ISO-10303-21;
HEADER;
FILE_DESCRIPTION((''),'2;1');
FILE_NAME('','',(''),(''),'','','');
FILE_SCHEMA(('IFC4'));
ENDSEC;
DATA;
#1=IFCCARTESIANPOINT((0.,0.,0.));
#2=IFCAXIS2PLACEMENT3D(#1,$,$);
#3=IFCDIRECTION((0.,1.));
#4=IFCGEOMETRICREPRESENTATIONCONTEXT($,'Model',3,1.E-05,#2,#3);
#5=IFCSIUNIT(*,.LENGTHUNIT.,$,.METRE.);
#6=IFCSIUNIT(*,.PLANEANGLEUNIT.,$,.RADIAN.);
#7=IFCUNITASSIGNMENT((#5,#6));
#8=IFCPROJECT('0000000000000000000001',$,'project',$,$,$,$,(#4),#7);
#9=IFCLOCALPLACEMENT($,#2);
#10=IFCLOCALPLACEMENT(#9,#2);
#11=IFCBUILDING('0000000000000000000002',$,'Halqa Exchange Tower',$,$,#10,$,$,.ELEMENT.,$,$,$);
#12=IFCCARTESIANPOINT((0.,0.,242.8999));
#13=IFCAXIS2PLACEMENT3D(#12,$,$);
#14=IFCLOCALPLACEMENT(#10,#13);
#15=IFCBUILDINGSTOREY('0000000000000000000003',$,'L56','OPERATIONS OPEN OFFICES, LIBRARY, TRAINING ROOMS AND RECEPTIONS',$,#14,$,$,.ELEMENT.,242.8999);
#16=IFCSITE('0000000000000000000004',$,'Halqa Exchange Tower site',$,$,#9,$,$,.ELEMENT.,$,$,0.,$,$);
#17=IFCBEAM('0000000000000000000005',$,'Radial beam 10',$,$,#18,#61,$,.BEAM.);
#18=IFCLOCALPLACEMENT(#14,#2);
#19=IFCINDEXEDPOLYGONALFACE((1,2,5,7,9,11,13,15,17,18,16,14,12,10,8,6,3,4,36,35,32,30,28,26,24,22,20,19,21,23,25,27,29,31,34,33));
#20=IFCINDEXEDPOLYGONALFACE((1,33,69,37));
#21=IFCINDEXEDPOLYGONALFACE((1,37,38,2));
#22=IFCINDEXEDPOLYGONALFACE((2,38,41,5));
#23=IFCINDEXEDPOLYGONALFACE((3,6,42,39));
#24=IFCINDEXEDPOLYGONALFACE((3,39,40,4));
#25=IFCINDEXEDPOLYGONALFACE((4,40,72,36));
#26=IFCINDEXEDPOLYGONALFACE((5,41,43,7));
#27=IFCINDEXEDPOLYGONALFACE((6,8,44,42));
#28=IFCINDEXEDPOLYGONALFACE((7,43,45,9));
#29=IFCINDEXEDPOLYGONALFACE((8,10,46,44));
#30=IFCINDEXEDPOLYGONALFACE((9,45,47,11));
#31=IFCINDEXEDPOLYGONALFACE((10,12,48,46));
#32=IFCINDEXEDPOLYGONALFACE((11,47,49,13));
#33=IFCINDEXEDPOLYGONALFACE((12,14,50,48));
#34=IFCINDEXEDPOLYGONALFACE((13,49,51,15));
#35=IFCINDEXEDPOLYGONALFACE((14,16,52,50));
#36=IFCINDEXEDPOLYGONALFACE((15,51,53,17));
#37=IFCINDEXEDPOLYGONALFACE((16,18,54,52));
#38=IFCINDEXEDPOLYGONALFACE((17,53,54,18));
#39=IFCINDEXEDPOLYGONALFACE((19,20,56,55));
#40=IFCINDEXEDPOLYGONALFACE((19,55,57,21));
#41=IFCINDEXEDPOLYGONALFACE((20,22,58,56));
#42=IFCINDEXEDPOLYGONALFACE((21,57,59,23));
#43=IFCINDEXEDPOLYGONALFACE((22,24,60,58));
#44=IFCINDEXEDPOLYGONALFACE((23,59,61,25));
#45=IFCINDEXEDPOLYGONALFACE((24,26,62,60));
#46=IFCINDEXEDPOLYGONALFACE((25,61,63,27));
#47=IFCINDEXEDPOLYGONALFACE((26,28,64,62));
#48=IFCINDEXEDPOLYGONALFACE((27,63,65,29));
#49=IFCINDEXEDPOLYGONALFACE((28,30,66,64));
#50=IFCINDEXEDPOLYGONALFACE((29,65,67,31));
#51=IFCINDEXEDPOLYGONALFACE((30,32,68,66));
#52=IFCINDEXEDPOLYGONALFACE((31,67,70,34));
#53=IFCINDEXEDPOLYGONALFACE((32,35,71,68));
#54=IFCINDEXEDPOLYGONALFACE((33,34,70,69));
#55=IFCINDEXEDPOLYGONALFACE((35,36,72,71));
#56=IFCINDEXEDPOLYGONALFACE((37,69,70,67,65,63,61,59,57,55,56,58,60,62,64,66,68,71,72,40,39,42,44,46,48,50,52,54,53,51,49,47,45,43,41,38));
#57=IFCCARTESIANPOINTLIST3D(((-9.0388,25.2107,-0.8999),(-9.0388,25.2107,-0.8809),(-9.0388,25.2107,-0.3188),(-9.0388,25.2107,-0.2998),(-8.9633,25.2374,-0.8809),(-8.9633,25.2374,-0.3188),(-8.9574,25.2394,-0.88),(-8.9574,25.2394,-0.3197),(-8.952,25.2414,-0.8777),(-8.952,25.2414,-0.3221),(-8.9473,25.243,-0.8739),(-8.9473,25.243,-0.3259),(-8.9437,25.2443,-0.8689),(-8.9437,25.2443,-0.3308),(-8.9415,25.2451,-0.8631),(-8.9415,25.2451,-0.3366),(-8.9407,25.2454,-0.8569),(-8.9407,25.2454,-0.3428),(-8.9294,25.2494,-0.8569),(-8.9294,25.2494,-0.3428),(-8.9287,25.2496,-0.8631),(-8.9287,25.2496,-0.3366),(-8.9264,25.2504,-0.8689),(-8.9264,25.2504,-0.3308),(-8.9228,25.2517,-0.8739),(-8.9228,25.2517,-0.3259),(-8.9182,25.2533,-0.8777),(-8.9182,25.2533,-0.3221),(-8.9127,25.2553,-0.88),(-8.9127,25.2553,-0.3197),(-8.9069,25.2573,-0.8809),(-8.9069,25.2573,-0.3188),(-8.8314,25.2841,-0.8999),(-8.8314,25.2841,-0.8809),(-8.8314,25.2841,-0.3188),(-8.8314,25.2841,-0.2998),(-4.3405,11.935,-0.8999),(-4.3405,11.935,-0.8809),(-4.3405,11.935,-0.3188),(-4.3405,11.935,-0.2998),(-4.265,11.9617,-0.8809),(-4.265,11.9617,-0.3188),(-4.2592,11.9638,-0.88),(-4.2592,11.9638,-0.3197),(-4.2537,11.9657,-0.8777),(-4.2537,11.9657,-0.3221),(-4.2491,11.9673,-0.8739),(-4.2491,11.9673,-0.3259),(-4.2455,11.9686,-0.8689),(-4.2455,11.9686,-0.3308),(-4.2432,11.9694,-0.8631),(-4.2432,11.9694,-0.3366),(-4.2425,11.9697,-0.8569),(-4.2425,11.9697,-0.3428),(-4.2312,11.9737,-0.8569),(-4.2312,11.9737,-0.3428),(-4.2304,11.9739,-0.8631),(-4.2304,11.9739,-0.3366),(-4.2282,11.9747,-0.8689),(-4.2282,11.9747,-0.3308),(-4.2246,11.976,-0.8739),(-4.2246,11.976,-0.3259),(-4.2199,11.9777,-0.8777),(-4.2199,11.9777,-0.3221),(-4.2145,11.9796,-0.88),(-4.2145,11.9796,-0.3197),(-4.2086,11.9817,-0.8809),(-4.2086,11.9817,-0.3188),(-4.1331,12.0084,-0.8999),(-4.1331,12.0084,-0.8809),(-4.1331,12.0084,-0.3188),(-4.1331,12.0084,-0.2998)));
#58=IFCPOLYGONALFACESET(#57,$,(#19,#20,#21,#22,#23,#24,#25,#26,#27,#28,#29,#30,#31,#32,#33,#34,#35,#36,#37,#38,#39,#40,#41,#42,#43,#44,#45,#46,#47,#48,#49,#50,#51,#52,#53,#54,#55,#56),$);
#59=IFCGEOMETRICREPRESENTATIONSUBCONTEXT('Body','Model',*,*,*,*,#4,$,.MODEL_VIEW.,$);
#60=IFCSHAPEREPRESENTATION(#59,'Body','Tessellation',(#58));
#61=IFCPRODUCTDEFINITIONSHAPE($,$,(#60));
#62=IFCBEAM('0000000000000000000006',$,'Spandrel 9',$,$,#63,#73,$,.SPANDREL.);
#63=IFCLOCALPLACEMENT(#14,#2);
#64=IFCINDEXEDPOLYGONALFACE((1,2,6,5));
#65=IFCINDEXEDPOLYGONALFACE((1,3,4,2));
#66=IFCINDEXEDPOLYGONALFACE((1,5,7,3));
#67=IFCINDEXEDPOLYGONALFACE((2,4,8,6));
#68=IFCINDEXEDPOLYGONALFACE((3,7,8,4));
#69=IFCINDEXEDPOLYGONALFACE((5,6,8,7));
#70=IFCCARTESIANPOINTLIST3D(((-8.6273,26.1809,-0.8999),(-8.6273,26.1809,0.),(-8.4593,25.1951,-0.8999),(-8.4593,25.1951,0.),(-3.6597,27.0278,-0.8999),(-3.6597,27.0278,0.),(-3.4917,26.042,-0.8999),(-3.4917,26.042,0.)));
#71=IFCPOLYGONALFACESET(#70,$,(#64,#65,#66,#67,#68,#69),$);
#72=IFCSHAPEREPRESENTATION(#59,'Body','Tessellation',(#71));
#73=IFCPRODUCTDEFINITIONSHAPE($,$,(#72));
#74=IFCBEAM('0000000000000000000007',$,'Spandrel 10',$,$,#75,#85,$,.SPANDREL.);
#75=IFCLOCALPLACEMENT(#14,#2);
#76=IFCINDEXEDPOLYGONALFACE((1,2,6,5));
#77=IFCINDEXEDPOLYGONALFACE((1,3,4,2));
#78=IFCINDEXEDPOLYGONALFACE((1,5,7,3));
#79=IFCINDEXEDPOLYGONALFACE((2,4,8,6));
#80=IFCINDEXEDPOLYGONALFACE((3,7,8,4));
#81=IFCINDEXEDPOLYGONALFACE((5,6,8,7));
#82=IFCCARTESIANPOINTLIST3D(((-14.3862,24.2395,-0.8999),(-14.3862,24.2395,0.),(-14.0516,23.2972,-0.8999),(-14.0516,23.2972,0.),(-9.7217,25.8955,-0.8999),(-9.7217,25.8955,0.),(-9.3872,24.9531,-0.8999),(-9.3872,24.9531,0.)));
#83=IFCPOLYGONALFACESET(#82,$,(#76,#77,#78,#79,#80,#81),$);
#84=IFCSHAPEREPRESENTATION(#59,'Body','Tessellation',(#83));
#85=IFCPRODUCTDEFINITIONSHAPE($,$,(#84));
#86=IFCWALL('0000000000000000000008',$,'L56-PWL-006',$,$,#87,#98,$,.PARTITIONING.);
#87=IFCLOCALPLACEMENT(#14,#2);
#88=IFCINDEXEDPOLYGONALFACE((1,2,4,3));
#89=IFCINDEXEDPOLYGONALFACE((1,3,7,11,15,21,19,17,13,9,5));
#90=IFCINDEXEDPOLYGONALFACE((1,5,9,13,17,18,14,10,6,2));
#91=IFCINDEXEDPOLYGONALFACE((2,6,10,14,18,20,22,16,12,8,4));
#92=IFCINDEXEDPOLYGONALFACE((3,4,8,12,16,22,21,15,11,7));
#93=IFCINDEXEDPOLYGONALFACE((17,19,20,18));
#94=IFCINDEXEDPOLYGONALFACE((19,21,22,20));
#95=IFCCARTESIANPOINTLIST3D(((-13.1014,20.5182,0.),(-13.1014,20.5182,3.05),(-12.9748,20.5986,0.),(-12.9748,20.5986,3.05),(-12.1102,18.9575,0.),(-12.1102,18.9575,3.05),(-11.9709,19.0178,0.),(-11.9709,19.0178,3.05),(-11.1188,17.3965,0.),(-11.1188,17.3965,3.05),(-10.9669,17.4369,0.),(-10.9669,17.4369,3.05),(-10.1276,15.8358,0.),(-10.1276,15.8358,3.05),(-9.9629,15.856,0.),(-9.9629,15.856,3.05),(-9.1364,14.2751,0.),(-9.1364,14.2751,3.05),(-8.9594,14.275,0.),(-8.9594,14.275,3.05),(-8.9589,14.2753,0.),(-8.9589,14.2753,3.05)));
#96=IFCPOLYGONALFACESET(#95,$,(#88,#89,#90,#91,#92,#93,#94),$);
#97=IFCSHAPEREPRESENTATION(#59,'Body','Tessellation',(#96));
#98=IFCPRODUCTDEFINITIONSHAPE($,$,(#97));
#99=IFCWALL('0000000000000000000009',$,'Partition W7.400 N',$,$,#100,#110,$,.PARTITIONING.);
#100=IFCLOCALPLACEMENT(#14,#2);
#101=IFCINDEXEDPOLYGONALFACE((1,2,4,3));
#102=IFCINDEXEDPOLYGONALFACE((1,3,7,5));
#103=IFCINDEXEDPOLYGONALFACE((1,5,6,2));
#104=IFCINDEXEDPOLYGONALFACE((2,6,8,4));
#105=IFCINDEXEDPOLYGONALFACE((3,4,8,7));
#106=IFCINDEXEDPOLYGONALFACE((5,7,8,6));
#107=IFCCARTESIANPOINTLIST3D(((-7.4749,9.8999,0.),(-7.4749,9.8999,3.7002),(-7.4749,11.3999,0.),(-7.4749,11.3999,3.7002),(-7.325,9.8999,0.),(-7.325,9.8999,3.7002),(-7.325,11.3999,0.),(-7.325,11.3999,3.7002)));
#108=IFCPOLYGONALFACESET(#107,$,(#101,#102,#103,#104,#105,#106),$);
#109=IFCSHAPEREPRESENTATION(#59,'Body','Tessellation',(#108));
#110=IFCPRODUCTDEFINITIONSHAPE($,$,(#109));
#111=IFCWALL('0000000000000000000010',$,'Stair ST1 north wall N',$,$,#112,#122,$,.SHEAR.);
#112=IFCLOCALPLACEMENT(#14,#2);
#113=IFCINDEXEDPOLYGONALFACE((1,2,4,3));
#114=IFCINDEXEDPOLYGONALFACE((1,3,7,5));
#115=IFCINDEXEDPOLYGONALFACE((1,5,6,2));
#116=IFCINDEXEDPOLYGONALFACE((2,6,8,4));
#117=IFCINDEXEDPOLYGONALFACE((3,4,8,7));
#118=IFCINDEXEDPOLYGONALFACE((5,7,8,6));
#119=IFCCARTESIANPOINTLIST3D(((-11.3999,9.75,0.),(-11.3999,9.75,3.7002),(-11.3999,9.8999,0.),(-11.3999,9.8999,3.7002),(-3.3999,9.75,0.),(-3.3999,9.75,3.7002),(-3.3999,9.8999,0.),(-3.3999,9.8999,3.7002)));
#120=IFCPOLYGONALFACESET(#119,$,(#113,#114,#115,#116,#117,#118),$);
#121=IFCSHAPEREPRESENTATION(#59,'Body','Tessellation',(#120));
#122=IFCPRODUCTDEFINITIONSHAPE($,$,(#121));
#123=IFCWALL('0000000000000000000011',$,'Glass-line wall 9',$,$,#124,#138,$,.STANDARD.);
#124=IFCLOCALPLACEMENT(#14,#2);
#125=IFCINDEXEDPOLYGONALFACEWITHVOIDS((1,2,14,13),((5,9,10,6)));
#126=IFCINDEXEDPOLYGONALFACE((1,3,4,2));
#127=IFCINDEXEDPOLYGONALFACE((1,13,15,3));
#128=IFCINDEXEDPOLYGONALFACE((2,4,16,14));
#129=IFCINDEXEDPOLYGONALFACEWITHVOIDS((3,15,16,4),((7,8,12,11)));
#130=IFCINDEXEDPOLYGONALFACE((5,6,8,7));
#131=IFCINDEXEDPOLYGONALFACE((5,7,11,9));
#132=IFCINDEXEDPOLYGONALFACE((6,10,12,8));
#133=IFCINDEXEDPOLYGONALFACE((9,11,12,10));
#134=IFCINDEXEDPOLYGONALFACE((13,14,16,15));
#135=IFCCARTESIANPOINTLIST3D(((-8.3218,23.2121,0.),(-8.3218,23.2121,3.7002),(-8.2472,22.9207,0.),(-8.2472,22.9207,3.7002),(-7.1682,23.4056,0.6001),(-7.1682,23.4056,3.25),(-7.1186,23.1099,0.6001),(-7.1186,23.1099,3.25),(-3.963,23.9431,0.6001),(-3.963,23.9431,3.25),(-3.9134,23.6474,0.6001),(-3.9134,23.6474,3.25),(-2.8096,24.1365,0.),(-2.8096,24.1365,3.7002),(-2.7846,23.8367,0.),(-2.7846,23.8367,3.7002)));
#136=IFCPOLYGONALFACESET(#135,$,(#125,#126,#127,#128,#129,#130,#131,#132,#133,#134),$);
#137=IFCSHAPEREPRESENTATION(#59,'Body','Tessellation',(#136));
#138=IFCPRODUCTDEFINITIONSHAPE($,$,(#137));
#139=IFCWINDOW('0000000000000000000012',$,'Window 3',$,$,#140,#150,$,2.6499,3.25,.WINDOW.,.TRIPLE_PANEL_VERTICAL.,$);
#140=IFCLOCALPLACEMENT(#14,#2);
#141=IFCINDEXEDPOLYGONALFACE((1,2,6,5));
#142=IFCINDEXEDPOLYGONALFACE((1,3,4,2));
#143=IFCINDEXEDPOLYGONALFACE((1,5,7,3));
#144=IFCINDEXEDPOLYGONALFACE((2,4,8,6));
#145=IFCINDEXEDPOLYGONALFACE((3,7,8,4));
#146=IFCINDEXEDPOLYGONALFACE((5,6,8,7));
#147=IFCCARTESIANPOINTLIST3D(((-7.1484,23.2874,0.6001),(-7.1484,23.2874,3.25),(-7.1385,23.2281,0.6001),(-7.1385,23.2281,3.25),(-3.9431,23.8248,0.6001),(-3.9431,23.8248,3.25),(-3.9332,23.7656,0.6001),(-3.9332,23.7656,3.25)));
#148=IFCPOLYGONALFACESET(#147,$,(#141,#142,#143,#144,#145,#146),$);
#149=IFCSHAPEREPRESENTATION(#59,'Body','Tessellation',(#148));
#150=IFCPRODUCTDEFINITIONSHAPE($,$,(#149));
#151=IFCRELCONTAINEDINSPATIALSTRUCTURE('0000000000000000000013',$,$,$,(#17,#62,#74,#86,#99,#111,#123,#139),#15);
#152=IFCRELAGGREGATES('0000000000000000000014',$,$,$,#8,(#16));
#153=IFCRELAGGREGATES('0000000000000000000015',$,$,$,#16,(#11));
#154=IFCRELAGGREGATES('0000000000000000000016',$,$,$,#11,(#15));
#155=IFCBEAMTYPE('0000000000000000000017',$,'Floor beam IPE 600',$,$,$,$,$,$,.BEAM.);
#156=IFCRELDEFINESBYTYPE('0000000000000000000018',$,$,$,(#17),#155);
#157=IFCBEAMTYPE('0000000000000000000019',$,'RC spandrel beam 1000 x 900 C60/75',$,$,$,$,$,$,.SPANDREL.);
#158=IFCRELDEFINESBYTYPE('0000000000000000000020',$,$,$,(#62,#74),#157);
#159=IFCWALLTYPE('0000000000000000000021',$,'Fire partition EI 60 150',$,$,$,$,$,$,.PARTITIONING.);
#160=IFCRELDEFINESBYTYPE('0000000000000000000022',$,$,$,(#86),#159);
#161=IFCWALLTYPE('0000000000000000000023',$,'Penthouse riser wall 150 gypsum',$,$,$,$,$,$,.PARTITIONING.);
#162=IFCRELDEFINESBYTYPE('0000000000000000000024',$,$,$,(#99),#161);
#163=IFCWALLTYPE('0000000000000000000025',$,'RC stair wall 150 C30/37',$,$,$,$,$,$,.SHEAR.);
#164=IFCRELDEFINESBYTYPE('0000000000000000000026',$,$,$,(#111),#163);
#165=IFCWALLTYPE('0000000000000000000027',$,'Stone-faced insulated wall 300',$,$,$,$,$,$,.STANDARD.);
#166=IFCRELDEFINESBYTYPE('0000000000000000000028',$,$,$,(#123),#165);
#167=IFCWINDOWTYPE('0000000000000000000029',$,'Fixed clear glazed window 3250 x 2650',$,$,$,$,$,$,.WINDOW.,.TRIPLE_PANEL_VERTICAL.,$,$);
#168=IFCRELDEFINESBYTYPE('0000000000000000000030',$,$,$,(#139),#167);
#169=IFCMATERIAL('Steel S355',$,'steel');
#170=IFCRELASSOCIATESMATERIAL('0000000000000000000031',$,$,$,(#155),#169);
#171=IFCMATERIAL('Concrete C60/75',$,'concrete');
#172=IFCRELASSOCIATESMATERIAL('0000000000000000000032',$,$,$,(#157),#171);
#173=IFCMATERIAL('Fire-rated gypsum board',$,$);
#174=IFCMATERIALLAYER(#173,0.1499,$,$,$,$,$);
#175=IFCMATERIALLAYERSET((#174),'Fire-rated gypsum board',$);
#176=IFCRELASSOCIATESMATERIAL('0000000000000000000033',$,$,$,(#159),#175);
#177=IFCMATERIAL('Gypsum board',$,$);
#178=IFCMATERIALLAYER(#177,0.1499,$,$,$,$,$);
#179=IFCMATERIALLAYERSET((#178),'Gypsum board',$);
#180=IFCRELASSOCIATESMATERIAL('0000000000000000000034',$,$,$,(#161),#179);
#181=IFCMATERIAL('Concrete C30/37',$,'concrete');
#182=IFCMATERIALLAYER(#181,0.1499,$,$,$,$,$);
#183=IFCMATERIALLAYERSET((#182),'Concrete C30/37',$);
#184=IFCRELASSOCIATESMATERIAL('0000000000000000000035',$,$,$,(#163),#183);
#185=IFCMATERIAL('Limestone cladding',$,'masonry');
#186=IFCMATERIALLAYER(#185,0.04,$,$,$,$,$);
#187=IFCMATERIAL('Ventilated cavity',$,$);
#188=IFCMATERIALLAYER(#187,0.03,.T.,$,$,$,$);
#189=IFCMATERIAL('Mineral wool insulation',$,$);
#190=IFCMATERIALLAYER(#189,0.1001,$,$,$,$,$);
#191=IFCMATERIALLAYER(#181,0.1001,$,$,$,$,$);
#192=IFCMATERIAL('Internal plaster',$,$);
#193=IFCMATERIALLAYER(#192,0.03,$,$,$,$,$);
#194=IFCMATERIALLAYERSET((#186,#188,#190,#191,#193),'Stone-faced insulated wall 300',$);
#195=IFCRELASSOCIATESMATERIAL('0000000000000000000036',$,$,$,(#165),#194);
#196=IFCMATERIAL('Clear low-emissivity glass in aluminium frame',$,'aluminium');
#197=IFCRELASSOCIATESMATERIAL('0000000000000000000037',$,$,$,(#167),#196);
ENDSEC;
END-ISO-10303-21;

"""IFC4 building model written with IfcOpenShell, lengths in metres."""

from ifc_helpers import new_model, si_unit, direction, frame, frame_2d, origin, origin_2d, place, context, subcontext, project, spatial, polyline, rectangle, i_section, outline, extrude, material, layer, layer_set, material_profile, profile_set, type_object, element, fill, save


model = new_model("IFC4")

# Units and contexts
model_context = context("Model", 3, precision=1e-05, world=origin(), true_north=direction((0.0, 1.0)))
body_context = subcontext(model_context, "Body", "Model", "MODEL_VIEW")
ifc_project = project(units=[si_unit("LENGTHUNIT", "METRE"), si_unit("PLANEANGLEUNIT", "RADIAN")], contexts=[model_context])

# Site, building, storey
site_placement = place(None, origin())
site = spatial("IfcSite", under=ifc_project, at=site_placement, Name="Halqa Exchange Tower site", CompositionType="ELEMENT", RefElevation=0.0)
building_placement = place(site_placement, origin())
building = spatial("IfcBuilding", under=site, at=building_placement, Name="Halqa Exchange Tower", CompositionType="ELEMENT")
storey_placement = place(building_placement, frame((0.0, 0.0, 242.8999)))
storey = spatial("IfcBuildingStorey", under=building, at=storey_placement, Name="L56", Description="OPERATIONS OPEN OFFICES, LIBRARY, TRAINING ROOMS AND RECEPTIONS", CompositionType="ELEMENT", Elevation=242.8999)

# Shared definitions
ifc_material_1 = material(Name="Concrete C60/75", Category="concrete")

# Beams
ifc_material_2 = material(Name="Steel S355", Category="steel")
ifc_material_profile_1 = material_profile(ifc_material_2, i_section(OverallWidth=0.22, OverallDepth=0.6001, WebThickness=0.012, FlangeThickness=0.019, FilletRadius=0.0239, at=origin_2d()), Name="IPE 600")
ifc_profile_set_1 = profile_set([ifc_material_profile_1], Name="Steel S355")
beam_type_1 = type_object("IfcBeamType", Name="Floor beam IPE 600", PredefinedType="BEAM", material=ifc_profile_set_1)
beam_1_placement = place(storey_placement, frame((-4.2368, 11.9717, -0.5999), z_axis=(-0.333623, 0.942706, 0.0), x_axis=(-0.942706, -0.333623, 0.0)))
element("IfcBeam", 1, at=beam_1_placement, inside=storey, type_object=beam_type_1, Name="Radial beam 10", PredefinedType="BEAM", context=body_context, shape_type="SweptSolid", body=[
    extrude(i_section(OverallWidth=0.22, OverallDepth=0.6001, WebThickness=0.012, FlangeThickness=0.019, FilletRadius=0.0239, at=origin_2d()), origin(), (0.0, 0.0, 1.0), 14.0825),
])
ifc_material_profile_2 = material_profile(ifc_material_1, rectangle(XDim=1.0, YDim=0.8999, at=origin_2d()), Name="1000 x 900")
ifc_profile_set_2 = profile_set([ifc_material_profile_2], Name="Concrete C60/75")
beam_type_2 = type_object("IfcBeamType", Name="RC spandrel beam 1000 x 900 C60/75", PredefinedType="SPANDREL", material=ifc_profile_set_2)
beam_2_placement = place(storey_placement, frame((-3.5757, 26.5349, -0.45), z_axis=(-0.985776, -0.168067, 0.0), x_axis=(0.168067, -0.985776, 0.0)))
element("IfcBeam", 2, at=beam_2_placement, inside=storey, type_object=beam_type_2, Name="Spandrel 9", PredefinedType="SPANDREL", context=body_context, shape_type="SweptSolid", body=[
    extrude(rectangle(XDim=1.0, YDim=0.8999, at=origin_2d()), origin(), (0.0, 0.0, 1.0), 5.0393),
])
beam_3_placement = place(storey_placement, frame((-9.5544, 25.4243, -0.45), z_axis=(-0.942374, -0.334561, 0.0), x_axis=(0.334561, -0.942374, 0.0)))
element("IfcBeam", 3, at=beam_3_placement, inside=storey, type_object=beam_type_2, Name="Spandrel 10", PredefinedType="SPANDREL", context=body_context, shape_type="SweptSolid", body=[
    extrude(rectangle(XDim=1.0, YDim=0.8999, at=origin_2d()), origin(), (0.0, 0.0, 1.0), 4.9497),
])

# Walls
ifc_material_3 = material(Name="Fire-rated gypsum board")
ifc_layer_1 = layer(ifc_material_3, 0.1499)
ifc_layer_set_1 = layer_set([ifc_layer_1], Name="Fire-rated gypsum board")
wall_type_1 = type_object("IfcWallType", Name="Fire partition EI 60 150", PredefinedType="PARTITIONING", material=ifc_layer_set_1)
wall_1_placement = place(storey_placement, frame((-9.0222, 14.2351, 0.0), z_axis=(0.0, 0.0, 1.0), x_axis=(-0.536114, 0.844146, 0.0)))
element("IfcWall", 4, at=wall_1_placement, inside=storey, type_object=wall_type_1, Name="L56-PWL-006", PredefinedType="PARTITIONING", context=body_context, shape_type="SweptSolid", body=[
    extrude(outline(polyline([(7.4907, 0.075), (5.6418, 0.075), (3.7927, 0.075), (1.9438, 0.075), (0.095, 0.075), (0.0, -0.0745), (0.0, -0.075), (1.8726, -0.075), (3.7454, -0.075), (5.6182, -0.075), (7.4907, -0.075), (7.4907, 0.075)])), origin(), (0.0, 0.0, 1.0), 3.05),
])
ifc_material_4 = material(Name="Gypsum board")
ifc_layer_2 = layer(ifc_material_4, 0.1499)
ifc_layer_set_2 = layer_set([ifc_layer_2], Name="Gypsum board")
wall_type_2 = type_object("IfcWallType", Name="Penthouse riser wall 150 gypsum", PredefinedType="PARTITIONING", material=ifc_layer_set_2)
wall_2_placement = place(storey_placement, frame((-7.3999, 9.8999, 0.0), z_axis=(0.0, 0.0, 1.0), x_axis=(0.0, 1.0, 0.0)))
element("IfcWall", 5, at=wall_2_placement, inside=storey, type_object=wall_type_2, Name="Partition W7.400 N", PredefinedType="PARTITIONING", context=body_context, shape_type="SweptSolid", body=[
    extrude(rectangle(XDim=1.5, YDim=0.1499, at=frame_2d((0.75, 0.0))), origin(), (0.0, 0.0, 1.0), 3.7002),
])
ifc_material_5 = material(Name="Concrete C30/37", Category="concrete")
ifc_layer_3 = layer(ifc_material_5, 0.1499)
ifc_layer_set_3 = layer_set([ifc_layer_3], Name="Concrete C30/37")
wall_type_3 = type_object("IfcWallType", Name="RC stair wall 150 C30/37", PredefinedType="SHEAR", material=ifc_layer_set_3)
wall_3_placement = place(storey_placement, frame((-11.3999, 9.825, 0.0), z_axis=(0.0, 0.0, 1.0), x_axis=(1.0, 0.0, 0.0)))
element("IfcWall", 6, at=wall_3_placement, inside=storey, type_object=wall_type_3, Name="Stair ST1 north wall N", PredefinedType="SHEAR", context=body_context, shape_type="SweptSolid", body=[
    extrude(rectangle(XDim=8.0, YDim=0.1499, at=frame_2d((4.0, 0.0))), origin(), (0.0, 0.0, 1.0), 3.7002),
])

# Wall, opening, window
ifc_material_6 = material(Name="Limestone cladding", Category="masonry")
ifc_layer_4 = layer(ifc_material_6, 0.04)
ifc_material_7 = material(Name="Ventilated cavity")
ifc_layer_5 = layer(ifc_material_7, 0.03, ventilated=True)
ifc_material_8 = material(Name="Mineral wool insulation")
ifc_layer_6 = layer(ifc_material_8, 0.1001)
ifc_layer_7 = layer(ifc_material_5, 0.1001)
ifc_material_9 = material(Name="Internal plaster")
ifc_layer_8 = layer(ifc_material_9, 0.03)
ifc_layer_set_4 = layer_set([ifc_layer_4, ifc_layer_5, ifc_layer_6, ifc_layer_7, ifc_layer_8], Name="Stone-faced insulated wall 300")
wall_type_4 = type_object("IfcWallType", Name="Stone-faced insulated wall 300", PredefinedType="STANDARD", material=ifc_layer_set_4)
wall_4_placement = place(storey_placement, frame((-2.7971, 23.9866, 0.0), z_axis=(0.0, 0.0, 1.0), x_axis=(-0.98623, -0.165381, 0.0)))
wall_4 = element("IfcWall", 7, at=wall_4_placement, inside=storey, type_object=wall_type_4, Name="Glass-line wall 9", PredefinedType="STANDARD", context=body_context, shape_type="SweptSolid", body=[
    extrude(outline(polyline([(-0.0125, -0.1499), (5.5767, -0.1499), (5.5513, 0.1499), (0.0125, 0.1499), (-0.0125, -0.1499)])), origin(), (0.0, 0.0, 1.0), 3.7002),
])
opening_1_placement = place(wall_4_placement, frame((1.157, 0.0, 0.6001)))
opening_1 = element("IfcOpeningElement", 8, at=opening_1_placement, cuts=wall_4, PredefinedType="OPENING", context=body_context, shape_type="SweptSolid", body=[
    extrude(rectangle(XDim=3.25, YDim=2.6499, at=frame_2d((1.625, 1.325))), frame((0.0, 0.1621, 0.0), z_axis=(0.0, -1.0, 0.0), x_axis=(1.0, 0.0, 0.0)), (0.0, 0.0, 1.0), 0.324),
])
ifc_material_10 = material(Name="Clear low-emissivity glass in aluminium frame", Category="aluminium")
window_type = type_object("IfcWindowType", Name="Fixed clear glazed window 3250 x 2650", PartitioningType="TRIPLE_PANEL_VERTICAL", PredefinedType="WINDOW", material=ifc_material_10)
window_1_placement = place(opening_1_placement, origin())
window_1 = element("IfcWindow", 9, at=window_1_placement, inside=storey, type_object=window_type, Name="Window 3", OverallHeight=2.6499, OverallWidth=3.25, PartitioningType="TRIPLE_PANEL_VERTICAL", PredefinedType="WINDOW", context=body_context, shape_type="SweptSolid", body=[
    extrude(rectangle(XDim=3.25, YDim=2.6499, at=frame_2d((1.625, 1.325))), frame((0.0, 0.03, 0.0), z_axis=(0.0, -1.0, 0.0), x_axis=(1.0, 0.0, 0.0)), (0.0, 0.0, 1.0), 0.0601),
])
fill(opening_1, window_1)

save(model, "model.ifc")
